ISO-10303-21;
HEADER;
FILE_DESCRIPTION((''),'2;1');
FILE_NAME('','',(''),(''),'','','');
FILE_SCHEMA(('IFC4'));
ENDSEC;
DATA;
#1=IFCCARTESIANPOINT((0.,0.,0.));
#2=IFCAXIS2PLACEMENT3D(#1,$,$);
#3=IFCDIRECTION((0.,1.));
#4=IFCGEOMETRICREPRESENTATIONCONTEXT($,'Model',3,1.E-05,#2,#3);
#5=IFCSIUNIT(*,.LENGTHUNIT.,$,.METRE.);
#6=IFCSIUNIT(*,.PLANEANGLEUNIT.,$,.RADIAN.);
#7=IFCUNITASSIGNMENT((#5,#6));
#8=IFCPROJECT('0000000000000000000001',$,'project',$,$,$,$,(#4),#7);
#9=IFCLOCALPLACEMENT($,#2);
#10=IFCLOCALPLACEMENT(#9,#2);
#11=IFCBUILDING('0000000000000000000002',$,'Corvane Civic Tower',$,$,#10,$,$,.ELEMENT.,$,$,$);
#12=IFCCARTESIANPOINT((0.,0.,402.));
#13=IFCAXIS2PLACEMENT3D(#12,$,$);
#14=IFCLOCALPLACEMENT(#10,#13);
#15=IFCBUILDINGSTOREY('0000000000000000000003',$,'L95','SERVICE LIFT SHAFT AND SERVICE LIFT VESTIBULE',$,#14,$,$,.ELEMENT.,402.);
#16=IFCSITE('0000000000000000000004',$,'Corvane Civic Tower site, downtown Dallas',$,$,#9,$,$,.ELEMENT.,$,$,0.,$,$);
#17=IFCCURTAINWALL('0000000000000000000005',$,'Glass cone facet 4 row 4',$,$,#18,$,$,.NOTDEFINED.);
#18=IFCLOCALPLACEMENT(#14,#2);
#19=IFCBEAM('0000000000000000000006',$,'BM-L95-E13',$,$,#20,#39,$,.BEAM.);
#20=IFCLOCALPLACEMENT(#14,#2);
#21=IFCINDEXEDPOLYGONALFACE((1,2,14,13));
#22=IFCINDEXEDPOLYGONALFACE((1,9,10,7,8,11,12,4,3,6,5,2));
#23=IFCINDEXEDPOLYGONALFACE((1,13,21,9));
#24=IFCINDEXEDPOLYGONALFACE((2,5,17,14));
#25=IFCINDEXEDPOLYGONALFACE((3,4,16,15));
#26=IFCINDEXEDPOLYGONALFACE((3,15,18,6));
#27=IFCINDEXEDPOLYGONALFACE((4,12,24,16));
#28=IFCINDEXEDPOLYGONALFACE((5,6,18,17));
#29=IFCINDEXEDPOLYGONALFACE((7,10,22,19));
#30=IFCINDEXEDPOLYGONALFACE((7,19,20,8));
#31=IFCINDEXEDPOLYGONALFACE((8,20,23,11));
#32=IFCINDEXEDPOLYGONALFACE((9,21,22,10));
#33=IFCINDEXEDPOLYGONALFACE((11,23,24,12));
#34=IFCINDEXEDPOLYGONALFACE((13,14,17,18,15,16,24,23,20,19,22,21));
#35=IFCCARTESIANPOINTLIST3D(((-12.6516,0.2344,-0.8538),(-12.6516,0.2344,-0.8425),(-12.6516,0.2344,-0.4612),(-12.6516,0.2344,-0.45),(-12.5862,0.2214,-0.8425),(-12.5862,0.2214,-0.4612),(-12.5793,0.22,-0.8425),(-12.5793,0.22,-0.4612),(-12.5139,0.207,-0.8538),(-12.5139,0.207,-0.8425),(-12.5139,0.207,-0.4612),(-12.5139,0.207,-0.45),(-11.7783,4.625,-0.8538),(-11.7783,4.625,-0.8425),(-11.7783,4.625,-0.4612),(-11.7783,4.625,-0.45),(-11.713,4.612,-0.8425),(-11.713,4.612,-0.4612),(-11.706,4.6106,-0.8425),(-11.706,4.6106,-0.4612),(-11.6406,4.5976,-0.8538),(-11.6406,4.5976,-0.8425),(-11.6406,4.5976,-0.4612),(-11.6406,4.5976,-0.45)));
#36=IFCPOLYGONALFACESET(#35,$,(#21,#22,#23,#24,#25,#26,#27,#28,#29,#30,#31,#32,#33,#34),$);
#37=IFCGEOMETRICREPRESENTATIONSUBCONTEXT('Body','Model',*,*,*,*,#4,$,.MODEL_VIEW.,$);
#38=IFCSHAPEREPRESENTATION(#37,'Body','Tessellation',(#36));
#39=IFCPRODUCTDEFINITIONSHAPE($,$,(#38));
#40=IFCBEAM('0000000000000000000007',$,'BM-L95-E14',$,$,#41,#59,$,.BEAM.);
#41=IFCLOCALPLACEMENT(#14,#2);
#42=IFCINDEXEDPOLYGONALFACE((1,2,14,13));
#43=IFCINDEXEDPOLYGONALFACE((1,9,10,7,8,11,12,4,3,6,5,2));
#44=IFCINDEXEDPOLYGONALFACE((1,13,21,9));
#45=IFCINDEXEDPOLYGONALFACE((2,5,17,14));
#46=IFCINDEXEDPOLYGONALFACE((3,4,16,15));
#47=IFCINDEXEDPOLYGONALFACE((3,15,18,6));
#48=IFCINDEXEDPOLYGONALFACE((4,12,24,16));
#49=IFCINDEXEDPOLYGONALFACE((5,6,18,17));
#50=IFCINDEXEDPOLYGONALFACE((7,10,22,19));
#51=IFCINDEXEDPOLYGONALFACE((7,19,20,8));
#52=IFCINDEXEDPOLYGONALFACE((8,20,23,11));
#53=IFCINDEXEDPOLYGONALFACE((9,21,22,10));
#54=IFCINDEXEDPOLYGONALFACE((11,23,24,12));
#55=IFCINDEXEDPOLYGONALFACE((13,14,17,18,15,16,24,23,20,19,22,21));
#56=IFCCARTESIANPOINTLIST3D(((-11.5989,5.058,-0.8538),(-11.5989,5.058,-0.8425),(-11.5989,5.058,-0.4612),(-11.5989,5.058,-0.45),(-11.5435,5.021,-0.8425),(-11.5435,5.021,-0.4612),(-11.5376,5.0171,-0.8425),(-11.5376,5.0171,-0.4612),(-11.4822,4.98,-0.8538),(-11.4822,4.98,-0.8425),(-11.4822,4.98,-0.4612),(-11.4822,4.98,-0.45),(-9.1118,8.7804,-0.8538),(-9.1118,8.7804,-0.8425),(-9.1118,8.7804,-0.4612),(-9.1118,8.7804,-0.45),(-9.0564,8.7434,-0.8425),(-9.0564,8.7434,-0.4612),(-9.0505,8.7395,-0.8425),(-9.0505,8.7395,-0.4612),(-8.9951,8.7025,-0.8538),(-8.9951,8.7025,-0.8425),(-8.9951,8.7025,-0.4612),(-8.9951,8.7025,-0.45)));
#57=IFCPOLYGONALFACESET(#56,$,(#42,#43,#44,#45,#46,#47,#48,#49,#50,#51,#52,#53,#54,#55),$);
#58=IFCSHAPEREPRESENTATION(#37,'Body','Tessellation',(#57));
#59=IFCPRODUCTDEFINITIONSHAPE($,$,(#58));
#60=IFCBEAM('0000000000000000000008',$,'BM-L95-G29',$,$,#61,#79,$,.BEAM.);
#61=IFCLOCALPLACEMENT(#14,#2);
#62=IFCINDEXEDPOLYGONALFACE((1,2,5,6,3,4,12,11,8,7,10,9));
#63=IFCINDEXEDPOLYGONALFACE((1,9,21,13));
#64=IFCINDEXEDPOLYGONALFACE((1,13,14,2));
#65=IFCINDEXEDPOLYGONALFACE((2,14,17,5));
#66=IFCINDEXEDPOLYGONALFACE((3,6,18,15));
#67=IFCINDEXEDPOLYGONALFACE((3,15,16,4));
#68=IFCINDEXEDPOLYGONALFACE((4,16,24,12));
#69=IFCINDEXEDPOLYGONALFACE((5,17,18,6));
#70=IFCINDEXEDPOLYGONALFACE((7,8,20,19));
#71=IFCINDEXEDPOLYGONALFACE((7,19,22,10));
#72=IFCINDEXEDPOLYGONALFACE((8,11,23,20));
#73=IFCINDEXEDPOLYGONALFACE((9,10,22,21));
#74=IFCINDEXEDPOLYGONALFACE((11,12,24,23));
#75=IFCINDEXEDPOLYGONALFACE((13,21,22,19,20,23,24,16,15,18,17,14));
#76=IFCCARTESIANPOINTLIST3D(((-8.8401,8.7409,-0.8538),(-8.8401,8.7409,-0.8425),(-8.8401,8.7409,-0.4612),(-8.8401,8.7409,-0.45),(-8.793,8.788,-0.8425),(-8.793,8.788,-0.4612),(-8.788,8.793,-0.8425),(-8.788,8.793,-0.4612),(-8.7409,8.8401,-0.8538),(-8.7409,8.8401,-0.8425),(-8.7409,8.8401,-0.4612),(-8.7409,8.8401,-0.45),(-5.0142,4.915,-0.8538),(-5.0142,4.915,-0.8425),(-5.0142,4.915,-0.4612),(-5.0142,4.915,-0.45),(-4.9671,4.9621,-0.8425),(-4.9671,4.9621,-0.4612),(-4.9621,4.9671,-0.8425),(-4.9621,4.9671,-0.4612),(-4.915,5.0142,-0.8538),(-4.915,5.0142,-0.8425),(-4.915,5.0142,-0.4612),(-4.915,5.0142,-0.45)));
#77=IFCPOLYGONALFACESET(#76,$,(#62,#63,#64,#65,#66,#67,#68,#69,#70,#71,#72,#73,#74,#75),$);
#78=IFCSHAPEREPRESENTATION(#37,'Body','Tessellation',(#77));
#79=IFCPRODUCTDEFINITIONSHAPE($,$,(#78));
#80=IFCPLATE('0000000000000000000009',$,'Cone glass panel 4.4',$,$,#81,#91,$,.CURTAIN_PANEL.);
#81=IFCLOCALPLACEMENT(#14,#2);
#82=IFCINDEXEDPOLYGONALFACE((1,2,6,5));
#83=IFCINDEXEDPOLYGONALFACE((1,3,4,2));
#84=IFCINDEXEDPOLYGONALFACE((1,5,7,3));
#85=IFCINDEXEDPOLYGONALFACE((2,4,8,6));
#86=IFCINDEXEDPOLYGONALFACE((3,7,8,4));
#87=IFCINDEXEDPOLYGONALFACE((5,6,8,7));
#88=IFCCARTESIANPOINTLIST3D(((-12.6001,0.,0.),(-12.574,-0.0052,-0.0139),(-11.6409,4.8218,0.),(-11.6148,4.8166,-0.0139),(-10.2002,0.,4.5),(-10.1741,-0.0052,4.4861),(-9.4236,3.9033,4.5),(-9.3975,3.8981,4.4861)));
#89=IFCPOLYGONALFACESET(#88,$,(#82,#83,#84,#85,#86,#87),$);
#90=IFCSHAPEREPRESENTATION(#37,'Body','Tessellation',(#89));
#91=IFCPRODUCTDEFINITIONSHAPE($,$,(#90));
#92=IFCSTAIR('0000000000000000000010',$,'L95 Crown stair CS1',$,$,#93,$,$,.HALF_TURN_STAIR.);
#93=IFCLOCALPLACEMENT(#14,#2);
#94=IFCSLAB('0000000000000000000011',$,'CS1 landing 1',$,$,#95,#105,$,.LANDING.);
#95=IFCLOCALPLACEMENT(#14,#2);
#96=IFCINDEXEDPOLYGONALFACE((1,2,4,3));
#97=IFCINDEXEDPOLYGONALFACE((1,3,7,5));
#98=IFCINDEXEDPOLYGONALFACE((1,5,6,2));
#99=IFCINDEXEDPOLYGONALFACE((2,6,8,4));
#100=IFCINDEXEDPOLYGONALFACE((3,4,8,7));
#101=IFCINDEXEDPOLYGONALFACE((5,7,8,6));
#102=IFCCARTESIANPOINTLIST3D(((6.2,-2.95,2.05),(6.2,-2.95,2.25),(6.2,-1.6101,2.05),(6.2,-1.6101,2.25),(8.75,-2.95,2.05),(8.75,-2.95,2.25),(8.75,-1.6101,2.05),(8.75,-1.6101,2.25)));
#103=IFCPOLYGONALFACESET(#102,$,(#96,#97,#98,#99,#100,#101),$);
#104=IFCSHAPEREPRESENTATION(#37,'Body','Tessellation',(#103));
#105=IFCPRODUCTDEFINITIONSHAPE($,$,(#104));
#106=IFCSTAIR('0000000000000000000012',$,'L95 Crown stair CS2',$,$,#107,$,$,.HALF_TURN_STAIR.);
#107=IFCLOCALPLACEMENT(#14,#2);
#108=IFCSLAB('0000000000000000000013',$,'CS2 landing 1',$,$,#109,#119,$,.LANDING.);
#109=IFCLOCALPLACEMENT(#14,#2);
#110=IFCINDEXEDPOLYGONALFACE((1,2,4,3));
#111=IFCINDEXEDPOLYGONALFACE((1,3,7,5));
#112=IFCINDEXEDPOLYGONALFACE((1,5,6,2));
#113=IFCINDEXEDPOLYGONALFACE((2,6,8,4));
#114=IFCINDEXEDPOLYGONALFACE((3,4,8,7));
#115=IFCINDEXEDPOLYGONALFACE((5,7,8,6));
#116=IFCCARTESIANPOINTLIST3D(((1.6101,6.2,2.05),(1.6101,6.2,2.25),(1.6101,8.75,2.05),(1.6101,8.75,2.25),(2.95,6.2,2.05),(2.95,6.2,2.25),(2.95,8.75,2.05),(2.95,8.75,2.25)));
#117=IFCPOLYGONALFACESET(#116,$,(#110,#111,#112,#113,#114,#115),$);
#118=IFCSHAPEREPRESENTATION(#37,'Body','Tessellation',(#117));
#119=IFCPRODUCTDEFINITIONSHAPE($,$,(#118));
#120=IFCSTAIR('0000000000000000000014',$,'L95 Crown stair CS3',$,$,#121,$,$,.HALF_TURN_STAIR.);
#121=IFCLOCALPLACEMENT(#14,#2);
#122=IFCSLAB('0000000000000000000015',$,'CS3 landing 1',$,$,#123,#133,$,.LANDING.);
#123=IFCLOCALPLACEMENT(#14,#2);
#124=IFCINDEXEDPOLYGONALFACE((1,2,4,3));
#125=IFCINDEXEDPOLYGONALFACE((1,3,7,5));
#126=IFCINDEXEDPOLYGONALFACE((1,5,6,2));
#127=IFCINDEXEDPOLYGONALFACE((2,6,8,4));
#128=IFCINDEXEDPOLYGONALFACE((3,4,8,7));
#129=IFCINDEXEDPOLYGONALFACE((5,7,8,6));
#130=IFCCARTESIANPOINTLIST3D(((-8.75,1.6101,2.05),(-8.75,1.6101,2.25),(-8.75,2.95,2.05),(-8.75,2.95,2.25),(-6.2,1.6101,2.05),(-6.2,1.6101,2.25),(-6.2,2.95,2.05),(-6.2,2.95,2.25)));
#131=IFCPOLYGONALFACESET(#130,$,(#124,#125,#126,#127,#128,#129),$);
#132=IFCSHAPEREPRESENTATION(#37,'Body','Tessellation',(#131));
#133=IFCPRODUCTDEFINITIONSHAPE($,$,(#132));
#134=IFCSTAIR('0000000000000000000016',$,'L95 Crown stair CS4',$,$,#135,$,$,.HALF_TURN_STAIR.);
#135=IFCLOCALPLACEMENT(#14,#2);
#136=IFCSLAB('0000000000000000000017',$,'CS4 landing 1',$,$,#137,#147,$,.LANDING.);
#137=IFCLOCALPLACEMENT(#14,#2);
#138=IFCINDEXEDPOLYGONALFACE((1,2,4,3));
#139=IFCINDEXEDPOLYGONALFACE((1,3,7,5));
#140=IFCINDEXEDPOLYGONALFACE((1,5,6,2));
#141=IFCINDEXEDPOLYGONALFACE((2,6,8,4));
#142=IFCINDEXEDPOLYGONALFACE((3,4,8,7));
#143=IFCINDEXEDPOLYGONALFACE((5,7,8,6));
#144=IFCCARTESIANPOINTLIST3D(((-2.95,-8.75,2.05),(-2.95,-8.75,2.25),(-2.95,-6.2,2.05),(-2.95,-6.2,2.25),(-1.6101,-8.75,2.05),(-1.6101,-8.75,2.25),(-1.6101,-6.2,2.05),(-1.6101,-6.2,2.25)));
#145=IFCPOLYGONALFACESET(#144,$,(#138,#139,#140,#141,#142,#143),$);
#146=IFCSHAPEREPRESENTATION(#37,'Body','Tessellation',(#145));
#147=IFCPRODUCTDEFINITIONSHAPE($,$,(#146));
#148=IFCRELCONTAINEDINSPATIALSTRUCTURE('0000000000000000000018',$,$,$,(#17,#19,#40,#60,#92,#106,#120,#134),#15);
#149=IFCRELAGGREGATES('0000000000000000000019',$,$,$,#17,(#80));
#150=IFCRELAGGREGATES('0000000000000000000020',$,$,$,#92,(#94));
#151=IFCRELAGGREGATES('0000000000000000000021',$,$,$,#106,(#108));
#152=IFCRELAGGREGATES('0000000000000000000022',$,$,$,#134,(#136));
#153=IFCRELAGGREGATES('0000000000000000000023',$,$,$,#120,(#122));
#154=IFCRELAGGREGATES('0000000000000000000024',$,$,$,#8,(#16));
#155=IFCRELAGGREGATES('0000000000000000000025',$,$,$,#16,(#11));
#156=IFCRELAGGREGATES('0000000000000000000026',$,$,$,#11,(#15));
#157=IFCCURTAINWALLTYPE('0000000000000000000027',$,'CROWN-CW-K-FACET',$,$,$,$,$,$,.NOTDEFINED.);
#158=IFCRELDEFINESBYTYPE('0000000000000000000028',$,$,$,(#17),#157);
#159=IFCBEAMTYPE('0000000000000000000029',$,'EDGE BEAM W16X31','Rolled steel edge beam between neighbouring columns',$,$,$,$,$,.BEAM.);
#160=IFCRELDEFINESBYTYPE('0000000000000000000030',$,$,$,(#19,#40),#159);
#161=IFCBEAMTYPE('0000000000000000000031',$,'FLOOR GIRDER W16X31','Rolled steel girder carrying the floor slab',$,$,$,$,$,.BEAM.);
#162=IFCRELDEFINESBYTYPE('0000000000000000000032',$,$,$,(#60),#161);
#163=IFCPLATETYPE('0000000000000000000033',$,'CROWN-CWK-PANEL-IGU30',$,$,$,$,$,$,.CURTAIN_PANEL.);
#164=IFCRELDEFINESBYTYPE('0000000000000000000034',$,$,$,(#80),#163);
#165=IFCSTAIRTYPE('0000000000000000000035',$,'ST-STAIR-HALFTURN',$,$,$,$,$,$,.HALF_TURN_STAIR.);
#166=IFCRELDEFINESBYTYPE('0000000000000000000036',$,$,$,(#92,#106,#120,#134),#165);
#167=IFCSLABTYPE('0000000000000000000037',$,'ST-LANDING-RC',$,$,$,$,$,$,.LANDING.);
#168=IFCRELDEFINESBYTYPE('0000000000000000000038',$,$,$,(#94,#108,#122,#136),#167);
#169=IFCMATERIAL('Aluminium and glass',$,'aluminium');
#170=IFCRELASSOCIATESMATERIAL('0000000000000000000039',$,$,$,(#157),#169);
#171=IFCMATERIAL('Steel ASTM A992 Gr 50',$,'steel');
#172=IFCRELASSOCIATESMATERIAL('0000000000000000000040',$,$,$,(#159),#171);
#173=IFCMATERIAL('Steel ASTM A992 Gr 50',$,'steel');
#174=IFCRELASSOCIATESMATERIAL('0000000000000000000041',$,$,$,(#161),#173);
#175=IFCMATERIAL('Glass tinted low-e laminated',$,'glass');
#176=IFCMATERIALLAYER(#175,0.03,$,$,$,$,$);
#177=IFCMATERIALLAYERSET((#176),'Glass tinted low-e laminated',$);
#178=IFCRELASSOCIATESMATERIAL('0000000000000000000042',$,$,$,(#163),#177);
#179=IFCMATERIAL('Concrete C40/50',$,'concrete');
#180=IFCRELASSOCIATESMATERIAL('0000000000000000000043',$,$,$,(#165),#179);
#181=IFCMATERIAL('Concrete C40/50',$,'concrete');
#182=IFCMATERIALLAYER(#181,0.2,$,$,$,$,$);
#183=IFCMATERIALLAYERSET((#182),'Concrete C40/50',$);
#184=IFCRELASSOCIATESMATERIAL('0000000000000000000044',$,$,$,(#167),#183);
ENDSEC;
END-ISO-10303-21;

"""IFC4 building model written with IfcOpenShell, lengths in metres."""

from ifc_helpers import new_model, si_unit, direction, frame, origin, origin_2d, place, context, subcontext, project, spatial, polyline, i_section, outline, extrude, material, layer, layer_set, material_profile, profile_set, type_object, element, aggregate, save


model = new_model("IFC4")

# Units and contexts
model_context = context("Model", 3, precision=1e-05, world=origin(), true_north=direction((0.0, 1.0)))
body_context = subcontext(model_context, "Body", "Model", "MODEL_VIEW")
ifc_project = project(units=[si_unit("LENGTHUNIT", "METRE"), si_unit("PLANEANGLEUNIT", "RADIAN")], contexts=[model_context])

# Site, building, storey
site_placement = place(None, origin())
site = spatial("IfcSite", under=ifc_project, at=site_placement, Name="Corvane Civic Tower site, downtown Dallas", CompositionType="ELEMENT", RefElevation=0.0)
building_placement = place(site_placement, origin())
building = spatial("IfcBuilding", under=site, at=building_placement, Name="Corvane Civic Tower", CompositionType="ELEMENT")
storey_placement = place(building_placement, frame((0.0, 0.0, 402.0)))
storey = spatial("IfcBuildingStorey", under=building, at=storey_placement, Name="L95", Description="SERVICE LIFT SHAFT AND SERVICE LIFT VESTIBULE", CompositionType="ELEMENT", Elevation=402.0)

# Shared definitions
ifc_material_1 = material(Name="Aluminium and glass", Category="aluminium")
curtain_wall_type = type_object("IfcCurtainWallType", Name="CROWN-CW-K-FACET", PredefinedType="NOTDEFINED", material=ifc_material_1)

# Curtain wall
curtain_wall_1_placement = place(storey_placement, origin())
curtain_wall_1 = element("IfcCurtainWall", 1, at=curtain_wall_1_placement, inside=storey, type_object=curtain_wall_type, Name="Glass cone facet 4 row 4", PredefinedType="NOTDEFINED")

# Beams
ifc_material_2 = material(Name="Steel ASTM A992 Gr 50", Category="steel")
ifc_material_profile_1 = material_profile(ifc_material_2, i_section(OverallWidth=0.1404, OverallDepth=0.4038, WebThickness=0.0071, FlangeThickness=0.0112, at=origin_2d()), Name="W16X31")
ifc_profile_set_1 = profile_set([ifc_material_profile_1], Name="Steel ASTM A992 Gr 50")
beam_type_1 = type_object("IfcBeamType", Name="EDGE BEAM W16X31", Description="Rolled steel edge beam between neighbouring columns", PredefinedType="BEAM", material=ifc_profile_set_1)
beam_1_placement = place(storey_placement, frame((-12.5828, 0.2207, -0.6519), z_axis=(0.195078, 0.980788, 0.0), x_axis=(-0.980788, 0.195078, 0.0)))
element("IfcBeam", 2, at=beam_1_placement, inside=storey, type_object=beam_type_1, Name="BM-L95-E13", PredefinedType="BEAM", context=body_context, shape_type="SweptSolid", body=[
    extrude(i_section(OverallWidth=0.1404, OverallDepth=0.4038, WebThickness=0.0071, FlangeThickness=0.0112, at=origin_2d()), origin(), (0.0, 0.0, 1.0), 4.4766),
])
beam_2_placement = place(storey_placement, frame((-11.5405, 5.019, -0.6519), z_axis=(0.555543, 0.831488, 0.0), x_axis=(-0.831488, 0.555543, 0.0)))
element("IfcBeam", 3, at=beam_2_placement, inside=storey, type_object=beam_type_1, Name="BM-L95-E14", PredefinedType="BEAM", context=body_context, shape_type="SweptSolid", body=[
    extrude(i_section(OverallWidth=0.1404, OverallDepth=0.4038, WebThickness=0.0071, FlangeThickness=0.0112, at=origin_2d()), origin(), (0.0, 0.0, 1.0), 4.4768),
])
ifc_material_3 = material(Name="Steel ASTM A992 Gr 50", Category="steel")
ifc_material_profile_2 = material_profile(ifc_material_3, i_section(OverallWidth=0.1404, OverallDepth=0.4038, WebThickness=0.0071, FlangeThickness=0.0112, at=origin_2d()), Name="W16X31")
ifc_profile_set_2 = profile_set([ifc_material_profile_2], Name="Steel ASTM A992 Gr 50")
beam_type_2 = type_object("IfcBeamType", Name="FLOOR GIRDER W16X31", Description="Rolled steel girder carrying the floor slab", PredefinedType="BEAM", material=ifc_profile_set_2)
beam_3_placement = place(storey_placement, frame((-4.9646, 4.9646, -0.6519), z_axis=(-0.707107, 0.707107, 0.0), x_axis=(-0.707107, -0.707107, 0.0)))
element("IfcBeam", 4, at=beam_3_placement, inside=storey, type_object=beam_type_2, Name="BM-L95-G29", PredefinedType="BEAM", context=body_context, shape_type="SweptSolid", body=[
    extrude(i_section(OverallWidth=0.1404, OverallDepth=0.4038, WebThickness=0.0071, FlangeThickness=0.0112, at=origin_2d()), origin(), (0.0, 0.0, 1.0), 5.4106),
])

# Plate
ifc_material_4 = material(Name="Glass tinted low-e laminated", Category="glass")
ifc_layer_1 = layer(ifc_material_4, 0.03)
ifc_layer_set_1 = layer_set([ifc_layer_1], Name="Glass tinted low-e laminated")
plate_type = type_object("IfcPlateType", Name="CROWN-CWK-PANEL-IGU30", PredefinedType="CURTAIN_PANEL", material=ifc_layer_set_1)
plate_placement = place(storey_placement, frame((-11.6409, 4.8218, 0.0), z_axis=(-0.869068, 0.172899, 0.463494), x_axis=(-0.195122, -0.980779, 0.000004)))
plate = element("IfcPlate", 5, at=plate_placement, type_object=plate_type, Name="Cone glass panel 4.4", PredefinedType="CURTAIN_PANEL", context=body_context, shape_type="SweptSolid", body=[
    extrude(outline(polyline([(0.0, 0.0), (4.9163, 0.0), (4.448, 5.0784), (0.4682, 5.0785), (0.0, 0.0)])), origin(), (0.0, 0.0, -1.0), 0.03),
])
aggregate(curtain_wall_1, [plate])

# Stairs, slabs
ifc_material_5 = material(Name="Concrete C40/50", Category="concrete")
stair_type = type_object("IfcStairType", Name="ST-STAIR-HALFTURN", PredefinedType="HALF_TURN_STAIR", material=ifc_material_5)
stair_1_placement = place(storey_placement, origin())
stair_1 = element("IfcStair", 6, at=stair_1_placement, inside=storey, type_object=stair_type, Name="L95 Crown stair CS1", PredefinedType="HALF_TURN_STAIR")
ifc_material_6 = material(Name="Concrete C40/50", Category="concrete")
ifc_layer_2 = layer(ifc_material_6, 0.2)
ifc_layer_set_2 = layer_set([ifc_layer_2], Name="Concrete C40/50")
slab_type_1 = type_object("IfcSlabType", Name="ST-LANDING-RC", PredefinedType="LANDING", material=ifc_layer_set_2)
slab_1_placement = place(storey_placement, frame((0.0, 0.0, 2.05)))
slab_1 = element("IfcSlab", 7, at=slab_1_placement, type_object=slab_type_1, Name="CS1 landing 1", PredefinedType="LANDING", context=body_context, shape_type="SweptSolid", body=[
    extrude(outline(polyline([(6.2, -1.6101), (6.2, -2.95), (8.75, -2.95), (8.75, -1.6101), (6.2, -1.6101)])), origin(), (0.0, 0.0, 1.0), 0.2),
])
aggregate(stair_1, [slab_1])
stair_2_placement = place(storey_placement, origin())
stair_2 = element("IfcStair", 8, at=stair_2_placement, inside=storey, type_object=stair_type, Name="L95 Crown stair CS2", PredefinedType="HALF_TURN_STAIR")
slab_2_placement = place(storey_placement, frame((0.0, 0.0, 2.05)))
slab_2 = element("IfcSlab", 9, at=slab_2_placement, type_object=slab_type_1, Name="CS2 landing 1", PredefinedType="LANDING", context=body_context, shape_type="SweptSolid", body=[
    extrude(outline(polyline([(1.6101, 6.2), (2.95, 6.2), (2.95, 8.75), (1.6101, 8.75), (1.6101, 6.2)])), origin(), (0.0, 0.0, 1.0), 0.2),
])
aggregate(stair_2, [slab_2])
stair_3_placement = place(storey_placement, origin())
stair_3 = element("IfcStair", 10, at=stair_3_placement, inside=storey, type_object=stair_type, Name="L95 Crown stair CS3", PredefinedType="HALF_TURN_STAIR")
slab_3_placement = place(storey_placement, frame((0.0, 0.0, 2.05)))
slab_3 = element("IfcSlab", 11, at=slab_3_placement, type_object=slab_type_1, Name="CS3 landing 1", PredefinedType="LANDING", context=body_context, shape_type="SweptSolid", body=[
    extrude(outline(polyline([(-6.2, 1.6101), (-6.2, 2.95), (-8.75, 2.95), (-8.75, 1.6101), (-6.2, 1.6101)])), origin(), (0.0, 0.0, 1.0), 0.2),
])
stair_4_placement = place(storey_placement, origin())
stair_4 = element("IfcStair", 12, at=stair_4_placement, inside=storey, type_object=stair_type, Name="L95 Crown stair CS4", PredefinedType="HALF_TURN_STAIR")
slab_4_placement = place(storey_placement, frame((0.0, 0.0, 2.05)))
slab_4 = element("IfcSlab", 13, at=slab_4_placement, type_object=slab_type_1, Name="CS4 landing 1", PredefinedType="LANDING", context=body_context, shape_type="SweptSolid", body=[
    extrude(outline(polyline([(-1.6101, -6.2), (-2.95, -6.2), (-2.95, -8.75), (-1.6101, -8.75), (-1.6101, -6.2)])), origin(), (0.0, 0.0, 1.0), 0.2),
])
aggregate(stair_4, [slab_4])

aggregate(stair_3, [slab_3])

save(model, "model.ifc")
